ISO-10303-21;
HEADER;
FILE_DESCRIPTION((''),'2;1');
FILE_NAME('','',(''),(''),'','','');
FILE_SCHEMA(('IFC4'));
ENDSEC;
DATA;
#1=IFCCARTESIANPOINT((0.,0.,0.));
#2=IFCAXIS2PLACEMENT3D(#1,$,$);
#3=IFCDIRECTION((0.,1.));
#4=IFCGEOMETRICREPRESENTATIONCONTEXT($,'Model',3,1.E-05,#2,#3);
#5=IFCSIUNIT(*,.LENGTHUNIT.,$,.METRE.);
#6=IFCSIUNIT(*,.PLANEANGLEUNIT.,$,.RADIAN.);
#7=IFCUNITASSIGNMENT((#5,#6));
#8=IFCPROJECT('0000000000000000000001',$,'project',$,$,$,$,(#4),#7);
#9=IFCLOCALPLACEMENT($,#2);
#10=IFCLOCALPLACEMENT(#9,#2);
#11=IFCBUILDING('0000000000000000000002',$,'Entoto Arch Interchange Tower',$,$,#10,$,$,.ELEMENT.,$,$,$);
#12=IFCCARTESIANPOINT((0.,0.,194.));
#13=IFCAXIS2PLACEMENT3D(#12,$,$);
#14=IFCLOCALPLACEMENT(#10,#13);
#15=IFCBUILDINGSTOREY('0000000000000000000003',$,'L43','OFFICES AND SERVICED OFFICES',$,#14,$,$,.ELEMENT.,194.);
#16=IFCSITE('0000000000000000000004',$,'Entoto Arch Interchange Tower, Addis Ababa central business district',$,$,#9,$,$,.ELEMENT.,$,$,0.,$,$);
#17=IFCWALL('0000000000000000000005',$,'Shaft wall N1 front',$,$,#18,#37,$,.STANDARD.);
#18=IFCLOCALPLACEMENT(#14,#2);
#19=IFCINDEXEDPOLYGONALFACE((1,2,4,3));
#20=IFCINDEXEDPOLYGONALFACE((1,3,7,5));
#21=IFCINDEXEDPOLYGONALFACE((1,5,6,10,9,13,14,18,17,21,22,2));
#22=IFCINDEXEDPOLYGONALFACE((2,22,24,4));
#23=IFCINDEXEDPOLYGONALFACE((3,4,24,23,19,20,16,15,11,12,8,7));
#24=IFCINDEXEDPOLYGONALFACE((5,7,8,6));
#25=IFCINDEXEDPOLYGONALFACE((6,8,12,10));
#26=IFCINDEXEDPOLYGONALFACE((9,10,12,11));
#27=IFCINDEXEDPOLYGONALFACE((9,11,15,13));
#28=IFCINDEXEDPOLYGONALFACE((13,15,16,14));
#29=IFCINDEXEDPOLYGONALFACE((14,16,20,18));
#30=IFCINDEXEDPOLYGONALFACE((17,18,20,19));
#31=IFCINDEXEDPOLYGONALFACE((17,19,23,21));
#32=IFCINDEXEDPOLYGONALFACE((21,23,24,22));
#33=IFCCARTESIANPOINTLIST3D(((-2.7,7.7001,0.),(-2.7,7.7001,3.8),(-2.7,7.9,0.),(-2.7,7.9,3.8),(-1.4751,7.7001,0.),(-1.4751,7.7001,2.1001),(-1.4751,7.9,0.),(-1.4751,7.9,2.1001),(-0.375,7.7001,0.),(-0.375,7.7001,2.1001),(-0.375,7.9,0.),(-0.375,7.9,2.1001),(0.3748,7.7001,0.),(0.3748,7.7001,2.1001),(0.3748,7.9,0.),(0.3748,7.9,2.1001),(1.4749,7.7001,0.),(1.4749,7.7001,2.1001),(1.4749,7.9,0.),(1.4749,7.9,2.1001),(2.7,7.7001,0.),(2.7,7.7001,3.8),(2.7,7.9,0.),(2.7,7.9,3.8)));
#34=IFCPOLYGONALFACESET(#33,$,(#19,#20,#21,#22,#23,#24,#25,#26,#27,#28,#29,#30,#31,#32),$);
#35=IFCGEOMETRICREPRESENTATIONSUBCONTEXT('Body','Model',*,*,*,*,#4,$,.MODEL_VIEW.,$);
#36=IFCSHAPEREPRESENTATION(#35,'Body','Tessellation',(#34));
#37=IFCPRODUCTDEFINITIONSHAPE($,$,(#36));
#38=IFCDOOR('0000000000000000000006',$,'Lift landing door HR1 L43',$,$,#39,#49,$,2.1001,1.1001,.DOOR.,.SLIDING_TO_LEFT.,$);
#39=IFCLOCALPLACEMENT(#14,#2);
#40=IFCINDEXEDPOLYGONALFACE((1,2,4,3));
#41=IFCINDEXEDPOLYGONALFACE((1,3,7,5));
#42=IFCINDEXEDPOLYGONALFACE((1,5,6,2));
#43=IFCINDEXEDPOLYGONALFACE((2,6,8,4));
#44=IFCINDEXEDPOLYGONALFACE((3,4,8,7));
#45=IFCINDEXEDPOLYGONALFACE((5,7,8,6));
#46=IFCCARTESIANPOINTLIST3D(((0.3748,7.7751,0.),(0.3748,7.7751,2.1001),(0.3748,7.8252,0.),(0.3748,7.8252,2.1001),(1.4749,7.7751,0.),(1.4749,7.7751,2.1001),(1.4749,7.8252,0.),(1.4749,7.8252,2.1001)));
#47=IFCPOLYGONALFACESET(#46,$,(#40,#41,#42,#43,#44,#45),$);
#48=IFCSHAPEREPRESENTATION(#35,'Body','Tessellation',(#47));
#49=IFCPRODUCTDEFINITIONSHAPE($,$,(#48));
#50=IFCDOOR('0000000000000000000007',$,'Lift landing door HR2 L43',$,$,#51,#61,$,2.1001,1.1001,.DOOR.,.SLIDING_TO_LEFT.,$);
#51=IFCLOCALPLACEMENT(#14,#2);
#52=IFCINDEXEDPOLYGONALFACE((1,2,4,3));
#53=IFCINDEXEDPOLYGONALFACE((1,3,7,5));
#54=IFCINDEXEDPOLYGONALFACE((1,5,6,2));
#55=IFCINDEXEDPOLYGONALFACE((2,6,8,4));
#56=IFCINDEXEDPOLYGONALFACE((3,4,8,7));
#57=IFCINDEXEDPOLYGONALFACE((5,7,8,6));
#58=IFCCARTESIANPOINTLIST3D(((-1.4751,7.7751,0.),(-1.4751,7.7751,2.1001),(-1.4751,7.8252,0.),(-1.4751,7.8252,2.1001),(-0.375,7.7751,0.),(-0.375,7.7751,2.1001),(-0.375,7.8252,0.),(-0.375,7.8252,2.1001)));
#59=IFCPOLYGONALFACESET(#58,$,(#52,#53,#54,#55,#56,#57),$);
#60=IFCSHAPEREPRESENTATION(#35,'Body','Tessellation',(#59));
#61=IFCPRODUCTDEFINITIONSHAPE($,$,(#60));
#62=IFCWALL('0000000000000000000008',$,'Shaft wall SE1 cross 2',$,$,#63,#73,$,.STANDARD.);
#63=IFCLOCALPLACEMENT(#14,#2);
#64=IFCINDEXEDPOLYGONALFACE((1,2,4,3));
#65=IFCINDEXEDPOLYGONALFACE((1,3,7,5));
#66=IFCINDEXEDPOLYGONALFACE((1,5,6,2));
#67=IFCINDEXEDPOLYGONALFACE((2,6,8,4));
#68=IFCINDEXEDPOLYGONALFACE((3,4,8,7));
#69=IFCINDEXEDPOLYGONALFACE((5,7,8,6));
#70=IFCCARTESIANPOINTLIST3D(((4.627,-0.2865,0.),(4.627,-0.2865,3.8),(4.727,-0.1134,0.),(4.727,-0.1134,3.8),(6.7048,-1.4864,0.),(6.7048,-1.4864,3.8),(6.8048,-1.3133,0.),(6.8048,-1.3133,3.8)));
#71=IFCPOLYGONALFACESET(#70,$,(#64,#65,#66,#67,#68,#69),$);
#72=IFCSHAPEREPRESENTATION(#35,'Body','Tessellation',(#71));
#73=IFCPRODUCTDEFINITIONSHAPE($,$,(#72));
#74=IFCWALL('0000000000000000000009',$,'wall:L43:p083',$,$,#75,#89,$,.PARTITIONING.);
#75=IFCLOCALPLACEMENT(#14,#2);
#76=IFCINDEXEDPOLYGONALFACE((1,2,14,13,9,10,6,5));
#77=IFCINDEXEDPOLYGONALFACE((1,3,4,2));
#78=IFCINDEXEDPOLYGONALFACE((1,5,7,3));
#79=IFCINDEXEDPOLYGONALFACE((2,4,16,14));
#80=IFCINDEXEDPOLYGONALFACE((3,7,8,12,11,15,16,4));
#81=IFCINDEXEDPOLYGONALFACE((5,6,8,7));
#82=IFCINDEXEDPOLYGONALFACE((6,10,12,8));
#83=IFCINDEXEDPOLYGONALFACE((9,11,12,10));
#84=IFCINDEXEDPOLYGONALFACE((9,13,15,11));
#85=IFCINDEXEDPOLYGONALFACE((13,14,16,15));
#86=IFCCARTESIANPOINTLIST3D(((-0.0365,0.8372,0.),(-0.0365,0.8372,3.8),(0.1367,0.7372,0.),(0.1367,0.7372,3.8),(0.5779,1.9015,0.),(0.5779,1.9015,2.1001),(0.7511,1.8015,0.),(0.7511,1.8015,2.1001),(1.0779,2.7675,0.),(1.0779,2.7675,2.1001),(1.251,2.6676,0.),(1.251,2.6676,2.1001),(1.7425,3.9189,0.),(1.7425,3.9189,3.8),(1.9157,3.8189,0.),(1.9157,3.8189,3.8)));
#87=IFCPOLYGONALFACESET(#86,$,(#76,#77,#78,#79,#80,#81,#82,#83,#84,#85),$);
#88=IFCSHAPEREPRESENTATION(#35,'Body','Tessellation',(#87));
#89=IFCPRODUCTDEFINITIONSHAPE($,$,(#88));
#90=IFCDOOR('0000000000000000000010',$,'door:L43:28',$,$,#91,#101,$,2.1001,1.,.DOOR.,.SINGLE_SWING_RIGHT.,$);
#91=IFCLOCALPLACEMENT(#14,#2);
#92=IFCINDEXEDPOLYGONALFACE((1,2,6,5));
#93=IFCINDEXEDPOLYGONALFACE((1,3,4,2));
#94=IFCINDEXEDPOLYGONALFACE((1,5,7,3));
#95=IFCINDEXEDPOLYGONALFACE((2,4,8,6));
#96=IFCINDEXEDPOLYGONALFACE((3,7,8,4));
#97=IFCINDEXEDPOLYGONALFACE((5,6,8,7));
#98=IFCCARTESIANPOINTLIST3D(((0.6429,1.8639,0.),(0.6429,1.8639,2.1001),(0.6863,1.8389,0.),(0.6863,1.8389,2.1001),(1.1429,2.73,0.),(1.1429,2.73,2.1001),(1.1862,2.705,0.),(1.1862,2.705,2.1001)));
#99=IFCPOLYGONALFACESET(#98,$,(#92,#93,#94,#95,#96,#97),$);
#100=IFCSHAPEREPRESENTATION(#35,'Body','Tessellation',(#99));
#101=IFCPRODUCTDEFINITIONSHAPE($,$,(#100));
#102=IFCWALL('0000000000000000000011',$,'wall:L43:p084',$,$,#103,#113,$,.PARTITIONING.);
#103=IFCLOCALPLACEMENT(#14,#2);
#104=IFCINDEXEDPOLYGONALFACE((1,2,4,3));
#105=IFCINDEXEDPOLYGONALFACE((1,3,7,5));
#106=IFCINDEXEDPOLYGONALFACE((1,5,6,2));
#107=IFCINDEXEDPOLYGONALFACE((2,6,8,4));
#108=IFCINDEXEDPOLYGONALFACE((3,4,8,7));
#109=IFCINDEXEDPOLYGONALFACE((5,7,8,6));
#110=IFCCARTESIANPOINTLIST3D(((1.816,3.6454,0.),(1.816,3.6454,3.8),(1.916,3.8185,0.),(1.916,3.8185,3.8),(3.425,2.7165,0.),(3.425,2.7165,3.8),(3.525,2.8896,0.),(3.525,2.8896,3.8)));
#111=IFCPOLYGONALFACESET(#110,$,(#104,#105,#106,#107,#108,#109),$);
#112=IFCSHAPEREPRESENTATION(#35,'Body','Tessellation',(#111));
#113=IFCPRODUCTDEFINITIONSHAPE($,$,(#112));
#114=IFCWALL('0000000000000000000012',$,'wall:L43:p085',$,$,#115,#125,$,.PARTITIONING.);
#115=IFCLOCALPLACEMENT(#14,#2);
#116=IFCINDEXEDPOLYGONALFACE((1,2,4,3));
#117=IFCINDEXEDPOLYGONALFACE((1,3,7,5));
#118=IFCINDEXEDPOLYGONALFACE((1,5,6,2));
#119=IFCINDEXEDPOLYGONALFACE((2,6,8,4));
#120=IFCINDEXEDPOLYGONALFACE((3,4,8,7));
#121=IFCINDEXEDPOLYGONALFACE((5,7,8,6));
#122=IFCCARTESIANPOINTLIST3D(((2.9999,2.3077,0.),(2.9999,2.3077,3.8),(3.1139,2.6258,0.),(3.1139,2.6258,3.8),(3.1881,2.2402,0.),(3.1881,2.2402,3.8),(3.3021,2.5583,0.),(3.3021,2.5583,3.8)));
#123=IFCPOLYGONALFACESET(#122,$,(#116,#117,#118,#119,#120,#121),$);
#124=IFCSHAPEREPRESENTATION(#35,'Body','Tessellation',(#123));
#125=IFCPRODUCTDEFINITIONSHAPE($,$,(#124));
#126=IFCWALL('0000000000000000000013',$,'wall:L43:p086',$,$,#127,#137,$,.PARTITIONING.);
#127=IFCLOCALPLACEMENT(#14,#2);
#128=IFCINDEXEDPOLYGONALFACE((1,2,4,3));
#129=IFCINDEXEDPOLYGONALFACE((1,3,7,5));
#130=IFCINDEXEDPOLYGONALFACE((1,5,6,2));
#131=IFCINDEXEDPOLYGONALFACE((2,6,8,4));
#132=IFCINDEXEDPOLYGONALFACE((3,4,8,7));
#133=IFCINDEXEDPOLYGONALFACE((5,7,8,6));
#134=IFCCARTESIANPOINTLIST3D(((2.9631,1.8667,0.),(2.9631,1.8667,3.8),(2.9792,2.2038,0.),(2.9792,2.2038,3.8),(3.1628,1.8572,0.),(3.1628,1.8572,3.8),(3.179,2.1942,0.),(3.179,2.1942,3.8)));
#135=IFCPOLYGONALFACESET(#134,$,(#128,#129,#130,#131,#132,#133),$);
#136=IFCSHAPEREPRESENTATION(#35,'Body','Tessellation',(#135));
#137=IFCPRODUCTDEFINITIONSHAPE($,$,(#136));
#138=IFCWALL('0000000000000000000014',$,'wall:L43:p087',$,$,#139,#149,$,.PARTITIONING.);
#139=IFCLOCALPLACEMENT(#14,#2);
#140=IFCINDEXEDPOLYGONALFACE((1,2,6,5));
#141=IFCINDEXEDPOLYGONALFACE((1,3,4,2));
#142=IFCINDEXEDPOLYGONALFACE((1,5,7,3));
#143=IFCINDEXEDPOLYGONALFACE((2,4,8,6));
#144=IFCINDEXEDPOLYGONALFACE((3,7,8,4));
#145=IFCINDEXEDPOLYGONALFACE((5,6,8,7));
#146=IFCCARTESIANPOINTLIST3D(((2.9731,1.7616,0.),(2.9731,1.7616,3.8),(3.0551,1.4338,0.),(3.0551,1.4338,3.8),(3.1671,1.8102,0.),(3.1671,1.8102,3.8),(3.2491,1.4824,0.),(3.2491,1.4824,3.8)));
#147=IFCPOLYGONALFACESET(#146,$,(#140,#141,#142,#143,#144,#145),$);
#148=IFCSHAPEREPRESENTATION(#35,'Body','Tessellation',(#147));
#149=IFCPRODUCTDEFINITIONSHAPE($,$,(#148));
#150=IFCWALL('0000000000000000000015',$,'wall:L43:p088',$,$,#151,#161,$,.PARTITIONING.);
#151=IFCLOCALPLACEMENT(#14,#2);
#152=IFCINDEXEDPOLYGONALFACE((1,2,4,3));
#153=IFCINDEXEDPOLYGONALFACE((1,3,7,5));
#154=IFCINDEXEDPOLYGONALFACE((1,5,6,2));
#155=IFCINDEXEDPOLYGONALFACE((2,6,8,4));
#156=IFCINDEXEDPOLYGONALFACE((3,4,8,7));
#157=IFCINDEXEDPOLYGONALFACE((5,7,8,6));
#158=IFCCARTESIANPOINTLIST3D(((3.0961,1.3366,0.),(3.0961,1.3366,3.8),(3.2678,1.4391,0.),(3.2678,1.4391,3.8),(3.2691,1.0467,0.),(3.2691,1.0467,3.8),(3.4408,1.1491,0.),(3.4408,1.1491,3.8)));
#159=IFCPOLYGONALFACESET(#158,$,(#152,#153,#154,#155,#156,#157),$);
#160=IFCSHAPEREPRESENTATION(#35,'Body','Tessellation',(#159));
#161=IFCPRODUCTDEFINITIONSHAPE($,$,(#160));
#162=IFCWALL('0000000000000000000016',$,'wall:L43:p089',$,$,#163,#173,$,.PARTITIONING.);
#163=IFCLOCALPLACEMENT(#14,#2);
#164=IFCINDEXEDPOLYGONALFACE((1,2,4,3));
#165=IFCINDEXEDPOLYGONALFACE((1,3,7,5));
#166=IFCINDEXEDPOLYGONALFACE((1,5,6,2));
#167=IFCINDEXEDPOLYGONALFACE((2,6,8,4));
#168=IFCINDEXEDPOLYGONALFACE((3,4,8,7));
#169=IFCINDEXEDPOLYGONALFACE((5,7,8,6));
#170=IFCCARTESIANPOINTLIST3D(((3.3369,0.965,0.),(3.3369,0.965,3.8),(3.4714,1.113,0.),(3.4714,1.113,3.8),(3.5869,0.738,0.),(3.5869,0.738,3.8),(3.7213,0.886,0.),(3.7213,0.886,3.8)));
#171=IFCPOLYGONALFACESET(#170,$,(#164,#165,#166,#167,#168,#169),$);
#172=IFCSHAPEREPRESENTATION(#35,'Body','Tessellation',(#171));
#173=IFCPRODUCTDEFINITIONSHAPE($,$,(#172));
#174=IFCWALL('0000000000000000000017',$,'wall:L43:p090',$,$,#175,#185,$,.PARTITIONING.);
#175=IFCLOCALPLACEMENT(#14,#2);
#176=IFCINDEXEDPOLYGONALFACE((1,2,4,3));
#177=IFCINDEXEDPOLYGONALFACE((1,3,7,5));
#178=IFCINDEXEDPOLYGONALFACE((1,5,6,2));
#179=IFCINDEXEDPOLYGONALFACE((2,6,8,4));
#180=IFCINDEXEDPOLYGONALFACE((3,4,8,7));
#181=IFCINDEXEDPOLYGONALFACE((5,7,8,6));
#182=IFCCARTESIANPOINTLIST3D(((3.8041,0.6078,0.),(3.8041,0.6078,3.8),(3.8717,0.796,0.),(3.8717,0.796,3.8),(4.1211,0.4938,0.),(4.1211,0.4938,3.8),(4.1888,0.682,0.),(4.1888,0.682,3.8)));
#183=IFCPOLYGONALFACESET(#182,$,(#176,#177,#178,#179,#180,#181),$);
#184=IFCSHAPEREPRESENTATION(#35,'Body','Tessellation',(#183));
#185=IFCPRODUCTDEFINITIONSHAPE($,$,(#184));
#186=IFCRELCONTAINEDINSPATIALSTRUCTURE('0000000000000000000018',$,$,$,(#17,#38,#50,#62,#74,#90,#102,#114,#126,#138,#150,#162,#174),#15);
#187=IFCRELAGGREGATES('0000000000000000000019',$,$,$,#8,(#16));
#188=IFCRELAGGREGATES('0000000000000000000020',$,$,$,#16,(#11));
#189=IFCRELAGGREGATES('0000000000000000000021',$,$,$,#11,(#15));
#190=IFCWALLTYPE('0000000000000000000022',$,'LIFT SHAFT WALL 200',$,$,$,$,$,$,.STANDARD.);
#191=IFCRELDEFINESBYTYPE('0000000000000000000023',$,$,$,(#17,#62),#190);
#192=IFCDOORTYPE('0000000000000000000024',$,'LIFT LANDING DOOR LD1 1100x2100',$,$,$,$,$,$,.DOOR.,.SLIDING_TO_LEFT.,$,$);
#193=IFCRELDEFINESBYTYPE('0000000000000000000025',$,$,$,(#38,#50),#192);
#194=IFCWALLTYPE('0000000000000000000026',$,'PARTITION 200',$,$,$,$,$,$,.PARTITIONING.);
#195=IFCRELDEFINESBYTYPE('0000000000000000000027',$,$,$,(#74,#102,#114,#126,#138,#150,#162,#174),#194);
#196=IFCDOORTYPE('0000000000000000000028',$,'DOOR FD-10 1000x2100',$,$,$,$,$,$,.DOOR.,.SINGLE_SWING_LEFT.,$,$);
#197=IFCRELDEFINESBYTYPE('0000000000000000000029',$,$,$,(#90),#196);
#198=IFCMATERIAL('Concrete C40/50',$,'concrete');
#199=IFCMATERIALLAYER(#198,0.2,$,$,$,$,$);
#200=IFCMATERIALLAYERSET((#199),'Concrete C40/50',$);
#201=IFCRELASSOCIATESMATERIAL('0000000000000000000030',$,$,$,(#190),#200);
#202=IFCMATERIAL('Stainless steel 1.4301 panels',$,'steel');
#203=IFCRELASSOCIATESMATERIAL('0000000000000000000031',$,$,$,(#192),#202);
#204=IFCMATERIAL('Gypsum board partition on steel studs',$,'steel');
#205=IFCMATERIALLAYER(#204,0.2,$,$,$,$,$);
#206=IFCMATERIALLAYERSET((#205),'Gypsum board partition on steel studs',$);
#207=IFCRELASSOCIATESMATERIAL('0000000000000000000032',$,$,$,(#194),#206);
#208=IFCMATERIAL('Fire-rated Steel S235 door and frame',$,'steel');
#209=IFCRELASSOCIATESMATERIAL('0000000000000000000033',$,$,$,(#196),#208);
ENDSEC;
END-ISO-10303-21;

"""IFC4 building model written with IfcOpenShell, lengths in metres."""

from ifc_helpers import new_model, si_unit, direction, frame, frame_2d, origin, place, context, subcontext, project, spatial, rectangle, extrude, material, layer, layer_set, type_object, element, fill, save


model = new_model("IFC4")

# Units and contexts
model_context = context("Model", 3, precision=1e-05, world=origin(), true_north=direction((0.0, 1.0)))
body_context = subcontext(model_context, "Body", "Model", "MODEL_VIEW")
ifc_project = project(units=[si_unit("LENGTHUNIT", "METRE"), si_unit("PLANEANGLEUNIT", "RADIAN")], contexts=[model_context])

# Site, building, storey
site_placement = place(None, origin())
site = spatial("IfcSite", under=ifc_project, at=site_placement, Name="Entoto Arch Interchange Tower, Addis Ababa central business district", CompositionType="ELEMENT", RefElevation=0.0)
building_placement = place(site_placement, origin())
building = spatial("IfcBuilding", under=site, at=building_placement, Name="Entoto Arch Interchange Tower", CompositionType="ELEMENT")
storey_placement = place(building_placement, frame((0.0, 0.0, 194.0)))
storey = spatial("IfcBuildingStorey", under=building, at=storey_placement, Name="L43", Description="OFFICES AND SERVICED OFFICES", CompositionType="ELEMENT", Elevation=194.0)

# Wall, openings, doors
ifc_material_1 = material(Name="Concrete C40/50", Category="concrete")
ifc_layer_1 = layer(ifc_material_1, 0.2)
ifc_layer_set_1 = layer_set([ifc_layer_1], Name="Concrete C40/50")
wall_type_1 = type_object("IfcWallType", Name="LIFT SHAFT WALL 200", PredefinedType="STANDARD", material=ifc_layer_set_1)
wall_1_placement = place(storey_placement, frame((2.7, 7.8, 0.0), z_axis=(0.0, 0.0, 1.0), x_axis=(-1.0, 0.0, 0.0)))
wall_1 = element("IfcWall", 1, at=wall_1_placement, inside=storey, type_object=wall_type_1, Name="Shaft wall N1 front", PredefinedType="STANDARD", context=body_context, shape_type="SweptSolid", body=[
    extrude(rectangle(XDim=5.3999, YDim=0.2, at=frame_2d((2.7, 0.0))), origin(), (0.0, 0.0, 1.0), 3.8),
])
opening_1_placement = place(wall_1_placement, frame((1.2251, 0.0, 0.0)))
opening_1 = element("IfcOpeningElement", 2, at=opening_1_placement, cuts=wall_1, PredefinedType="OPENING", context=body_context, shape_type="SweptSolid", body=[
    extrude(rectangle(XDim=1.1001, YDim=2.1001, at=frame_2d((0.55, 1.05))), frame((0.0, 0.1099, 0.0), z_axis=(0.0, -1.0, 0.0), x_axis=(1.0, 0.0, 0.0)), (0.0, 0.0, 1.0), 0.22),
])
opening_2_placement = place(wall_1_placement, frame((3.075, 0.0, 0.0)))
opening_2 = element("IfcOpeningElement", 3, at=opening_2_placement, cuts=wall_1, PredefinedType="OPENING", context=body_context, shape_type="SweptSolid", body=[
    extrude(rectangle(XDim=1.1001, YDim=2.1001, at=frame_2d((0.55, 1.05))), frame((0.0, 0.1099, 0.0), z_axis=(0.0, -1.0, 0.0), x_axis=(1.0, 0.0, 0.0)), (0.0, 0.0, 1.0), 0.22),
])
ifc_material_2 = material(Name="Stainless steel 1.4301 panels", Category="steel")
door_type_1 = type_object("IfcDoorType", Name="LIFT LANDING DOOR LD1 1100x2100", OperationType="SLIDING_TO_LEFT", PredefinedType="DOOR", material=ifc_material_2)
door_1_placement = place(opening_1_placement, origin())
door_1 = element("IfcDoor", 4, at=door_1_placement, inside=storey, type_object=door_type_1, Name="Lift landing door HR1 L43", OperationType="SLIDING_TO_LEFT", OverallHeight=2.1001, OverallWidth=1.1001, PredefinedType="DOOR", context=body_context, shape_type="SweptSolid", body=[
    extrude(rectangle(XDim=1.1001, YDim=2.1001, at=frame_2d((0.55, 1.05))), frame((0.0, 0.0249, 0.0), z_axis=(0.0, -1.0, 0.0), x_axis=(1.0, 0.0, 0.0)), (0.0, 0.0, 1.0), 0.05),
])
fill(opening_1, door_1)
door_2_placement = place(opening_2_placement, origin())
door_2 = element("IfcDoor", 5, at=door_2_placement, inside=storey, type_object=door_type_1, Name="Lift landing door HR2 L43", OperationType="SLIDING_TO_LEFT", OverallHeight=2.1001, OverallWidth=1.1001, PredefinedType="DOOR", context=body_context, shape_type="SweptSolid", body=[
    extrude(rectangle(XDim=1.1001, YDim=2.1001, at=frame_2d((0.55, 1.05))), frame((0.0, 0.0249, 0.0), z_axis=(0.0, -1.0, 0.0), x_axis=(1.0, 0.0, 0.0)), (0.0, 0.0, 1.0), 0.05),
])
fill(opening_2, door_2)

# Wall
wall_2_placement = place(storey_placement, frame((4.677, -0.2, 0.0), z_axis=(0.0, 0.0, 1.0), x_axis=(0.865974, -0.500089, 0.0)))
element("IfcWall", 6, at=wall_2_placement, inside=storey, type_object=wall_type_1, Name="Shaft wall SE1 cross 2", PredefinedType="STANDARD", context=body_context, shape_type="SweptSolid", body=[
    extrude(rectangle(XDim=2.3994, YDim=0.2, at=frame_2d((1.1997, 0.0))), origin(), (0.0, 0.0, 1.0), 3.8),
])

# Wall, opening, door
ifc_material_3 = material(Name="Gypsum board partition on steel studs", Category="steel")
ifc_layer_2 = layer(ifc_material_3, 0.2)
ifc_layer_set_2 = layer_set([ifc_layer_2], Name="Gypsum board partition on steel studs")
wall_type_2 = type_object("IfcWallType", Name="PARTITION 200", PredefinedType="PARTITIONING", material=ifc_layer_set_2)
wall_3_placement = place(storey_placement, frame((0.05, 0.7871, 0.0), z_axis=(0.0, 0.0, 1.0), x_axis=(0.499954, 0.866052, 0.0)))
wall_3 = element("IfcWall", 7, at=wall_3_placement, inside=storey, type_object=wall_type_2, Name="wall:L43:p083", PredefinedType="PARTITIONING", context=body_context, shape_type="SweptSolid", body=[
    extrude(rectangle(XDim=3.5583, YDim=0.2, at=frame_2d((1.7793, 0.0))), origin(), (0.0, 0.0, 1.0), 3.8),
])
opening_3_placement = place(wall_3_placement, frame((1.229, 0.0, 0.0)))
opening_3 = element("IfcOpeningElement", 8, at=opening_3_placement, cuts=wall_3, PredefinedType="OPENING", context=body_context, shape_type="SweptSolid", body=[
    extrude(rectangle(XDim=1.0, YDim=2.1001, at=frame_2d((0.5, 1.05))), frame((0.0, 0.1099, 0.0), z_axis=(0.0, -1.0, 0.0), x_axis=(1.0, 0.0, 0.0)), (0.0, 0.0, 1.0), 0.22),
])
ifc_material_4 = material(Name="Fire-rated Steel S235 door and frame", Category="steel")
door_type_2 = type_object("IfcDoorType", Name="DOOR FD-10 1000x2100", OperationType="SINGLE_SWING_LEFT", PredefinedType="DOOR", material=ifc_material_4)
door_3_placement = place(opening_3_placement, origin())
door_3 = element("IfcDoor", 9, at=door_3_placement, inside=storey, type_object=door_type_2, Name="door:L43:28", OperationType="SINGLE_SWING_RIGHT", OverallHeight=2.1001, OverallWidth=1.0, PredefinedType="DOOR", context=body_context, shape_type="SweptSolid", body=[
    extrude(rectangle(XDim=1.0, YDim=2.1001, at=frame_2d((0.5, 1.05))), frame((0.0, 0.0249, 0.0), z_axis=(0.0, -1.0, 0.0), x_axis=(1.0, 0.0, 0.0)), (0.0, 0.0, 1.0), 0.05),
])
fill(opening_3, door_3)

# Walls
wall_4_placement = place(storey_placement, frame((1.866, 3.7319, 0.0), z_axis=(0.0, 0.0, 1.0), x_axis=(0.866043, -0.499969, 0.0)))
element("IfcWall", 10, at=wall_4_placement, inside=storey, type_object=wall_type_2, Name="wall:L43:p084", PredefinedType="PARTITIONING", context=body_context, shape_type="SweptSolid", body=[
    extrude(rectangle(XDim=1.8579, YDim=0.2, at=frame_2d((0.929, 0.0))), origin(), (0.0, 0.0, 1.0), 3.8),
])
wall_5_placement = place(storey_placement, frame((3.208, 2.592, 0.0), z_axis=(0.0, 0.0, 1.0), x_axis=(-0.337389, -0.941365, 0.0)))
element("IfcWall", 11, at=wall_5_placement, inside=storey, type_object=wall_type_2, Name="wall:L43:p085", PredefinedType="PARTITIONING", context=body_context, shape_type="SweptSolid", body=[
    extrude(rectangle(XDim=0.3379, YDim=0.2, at=frame_2d((0.1689, 0.0))), origin(), (0.0, 0.0, 1.0), 3.8),
])
wall_6_placement = place(storey_placement, frame((3.0791, 2.199, 0.0), z_axis=(0.0, 0.0, 1.0), x_axis=(-0.047771, -0.998858, 0.0)))
element("IfcWall", 12, at=wall_6_placement, inside=storey, type_object=wall_type_2, Name="wall:L43:p086", PredefinedType="PARTITIONING", context=body_context, shape_type="SweptSolid", body=[
    extrude(rectangle(XDim=0.3374, YDim=0.2, at=frame_2d((0.1687, 0.0))), origin(), (0.0, 0.0, 1.0), 3.8),
])
wall_7_placement = place(storey_placement, frame((3.0701, 1.7859, 0.0), z_axis=(0.0, 0.0, 1.0), x_axis=(0.242706, -0.9701, 0.0)))
element("IfcWall", 13, at=wall_7_placement, inside=storey, type_object=wall_type_2, Name="wall:L43:p087", PredefinedType="PARTITIONING", context=body_context, shape_type="SweptSolid", body=[
    extrude(rectangle(XDim=0.3379, YDim=0.2, at=frame_2d((0.1689, 0.0))), origin(), (0.0, 0.0, 1.0), 3.8),
])
for number, where, z_axis, x_axis, name in (
    (14, (3.1819, 1.3879, 0.0), (0.0, 0.0, 1.0), (0.512475, -0.858702, 0.0), "wall:L43:p088"),
    (15, (3.4041, 1.0391, 0.0), (0.0, 0.0, 1.0), (0.740267, -0.672313, 0.0), "wall:L43:p089"),
):
    element("IfcWall", number, at=place(storey_placement, frame(where, z_axis=z_axis, x_axis=x_axis)), inside=storey, type_object=wall_type_2, Name=name, PredefinedType="PARTITIONING", context=body_context, shape_type="SweptSolid", body=[
        extrude(rectangle(XDim=0.3376, YDim=0.2, at=frame_2d((0.1689, 0.0))), origin(), (0.0, 0.0, 1.0), 3.8),
    ])
wall_8_placement = place(storey_placement, frame((3.8379, 0.7019, 0.0), z_axis=(0.0, 0.0, 1.0), x_axis=(0.941035, -0.338309, 0.0)))
element("IfcWall", 16, at=wall_8_placement, inside=storey, type_object=wall_type_2, Name="wall:L43:p090", PredefinedType="PARTITIONING", context=body_context, shape_type="SweptSolid", body=[
    extrude(rectangle(XDim=0.3369, YDim=0.2, at=frame_2d((0.1685, 0.0))), origin(), (0.0, 0.0, 1.0), 3.8),
])

save(model, "model.ifc")
